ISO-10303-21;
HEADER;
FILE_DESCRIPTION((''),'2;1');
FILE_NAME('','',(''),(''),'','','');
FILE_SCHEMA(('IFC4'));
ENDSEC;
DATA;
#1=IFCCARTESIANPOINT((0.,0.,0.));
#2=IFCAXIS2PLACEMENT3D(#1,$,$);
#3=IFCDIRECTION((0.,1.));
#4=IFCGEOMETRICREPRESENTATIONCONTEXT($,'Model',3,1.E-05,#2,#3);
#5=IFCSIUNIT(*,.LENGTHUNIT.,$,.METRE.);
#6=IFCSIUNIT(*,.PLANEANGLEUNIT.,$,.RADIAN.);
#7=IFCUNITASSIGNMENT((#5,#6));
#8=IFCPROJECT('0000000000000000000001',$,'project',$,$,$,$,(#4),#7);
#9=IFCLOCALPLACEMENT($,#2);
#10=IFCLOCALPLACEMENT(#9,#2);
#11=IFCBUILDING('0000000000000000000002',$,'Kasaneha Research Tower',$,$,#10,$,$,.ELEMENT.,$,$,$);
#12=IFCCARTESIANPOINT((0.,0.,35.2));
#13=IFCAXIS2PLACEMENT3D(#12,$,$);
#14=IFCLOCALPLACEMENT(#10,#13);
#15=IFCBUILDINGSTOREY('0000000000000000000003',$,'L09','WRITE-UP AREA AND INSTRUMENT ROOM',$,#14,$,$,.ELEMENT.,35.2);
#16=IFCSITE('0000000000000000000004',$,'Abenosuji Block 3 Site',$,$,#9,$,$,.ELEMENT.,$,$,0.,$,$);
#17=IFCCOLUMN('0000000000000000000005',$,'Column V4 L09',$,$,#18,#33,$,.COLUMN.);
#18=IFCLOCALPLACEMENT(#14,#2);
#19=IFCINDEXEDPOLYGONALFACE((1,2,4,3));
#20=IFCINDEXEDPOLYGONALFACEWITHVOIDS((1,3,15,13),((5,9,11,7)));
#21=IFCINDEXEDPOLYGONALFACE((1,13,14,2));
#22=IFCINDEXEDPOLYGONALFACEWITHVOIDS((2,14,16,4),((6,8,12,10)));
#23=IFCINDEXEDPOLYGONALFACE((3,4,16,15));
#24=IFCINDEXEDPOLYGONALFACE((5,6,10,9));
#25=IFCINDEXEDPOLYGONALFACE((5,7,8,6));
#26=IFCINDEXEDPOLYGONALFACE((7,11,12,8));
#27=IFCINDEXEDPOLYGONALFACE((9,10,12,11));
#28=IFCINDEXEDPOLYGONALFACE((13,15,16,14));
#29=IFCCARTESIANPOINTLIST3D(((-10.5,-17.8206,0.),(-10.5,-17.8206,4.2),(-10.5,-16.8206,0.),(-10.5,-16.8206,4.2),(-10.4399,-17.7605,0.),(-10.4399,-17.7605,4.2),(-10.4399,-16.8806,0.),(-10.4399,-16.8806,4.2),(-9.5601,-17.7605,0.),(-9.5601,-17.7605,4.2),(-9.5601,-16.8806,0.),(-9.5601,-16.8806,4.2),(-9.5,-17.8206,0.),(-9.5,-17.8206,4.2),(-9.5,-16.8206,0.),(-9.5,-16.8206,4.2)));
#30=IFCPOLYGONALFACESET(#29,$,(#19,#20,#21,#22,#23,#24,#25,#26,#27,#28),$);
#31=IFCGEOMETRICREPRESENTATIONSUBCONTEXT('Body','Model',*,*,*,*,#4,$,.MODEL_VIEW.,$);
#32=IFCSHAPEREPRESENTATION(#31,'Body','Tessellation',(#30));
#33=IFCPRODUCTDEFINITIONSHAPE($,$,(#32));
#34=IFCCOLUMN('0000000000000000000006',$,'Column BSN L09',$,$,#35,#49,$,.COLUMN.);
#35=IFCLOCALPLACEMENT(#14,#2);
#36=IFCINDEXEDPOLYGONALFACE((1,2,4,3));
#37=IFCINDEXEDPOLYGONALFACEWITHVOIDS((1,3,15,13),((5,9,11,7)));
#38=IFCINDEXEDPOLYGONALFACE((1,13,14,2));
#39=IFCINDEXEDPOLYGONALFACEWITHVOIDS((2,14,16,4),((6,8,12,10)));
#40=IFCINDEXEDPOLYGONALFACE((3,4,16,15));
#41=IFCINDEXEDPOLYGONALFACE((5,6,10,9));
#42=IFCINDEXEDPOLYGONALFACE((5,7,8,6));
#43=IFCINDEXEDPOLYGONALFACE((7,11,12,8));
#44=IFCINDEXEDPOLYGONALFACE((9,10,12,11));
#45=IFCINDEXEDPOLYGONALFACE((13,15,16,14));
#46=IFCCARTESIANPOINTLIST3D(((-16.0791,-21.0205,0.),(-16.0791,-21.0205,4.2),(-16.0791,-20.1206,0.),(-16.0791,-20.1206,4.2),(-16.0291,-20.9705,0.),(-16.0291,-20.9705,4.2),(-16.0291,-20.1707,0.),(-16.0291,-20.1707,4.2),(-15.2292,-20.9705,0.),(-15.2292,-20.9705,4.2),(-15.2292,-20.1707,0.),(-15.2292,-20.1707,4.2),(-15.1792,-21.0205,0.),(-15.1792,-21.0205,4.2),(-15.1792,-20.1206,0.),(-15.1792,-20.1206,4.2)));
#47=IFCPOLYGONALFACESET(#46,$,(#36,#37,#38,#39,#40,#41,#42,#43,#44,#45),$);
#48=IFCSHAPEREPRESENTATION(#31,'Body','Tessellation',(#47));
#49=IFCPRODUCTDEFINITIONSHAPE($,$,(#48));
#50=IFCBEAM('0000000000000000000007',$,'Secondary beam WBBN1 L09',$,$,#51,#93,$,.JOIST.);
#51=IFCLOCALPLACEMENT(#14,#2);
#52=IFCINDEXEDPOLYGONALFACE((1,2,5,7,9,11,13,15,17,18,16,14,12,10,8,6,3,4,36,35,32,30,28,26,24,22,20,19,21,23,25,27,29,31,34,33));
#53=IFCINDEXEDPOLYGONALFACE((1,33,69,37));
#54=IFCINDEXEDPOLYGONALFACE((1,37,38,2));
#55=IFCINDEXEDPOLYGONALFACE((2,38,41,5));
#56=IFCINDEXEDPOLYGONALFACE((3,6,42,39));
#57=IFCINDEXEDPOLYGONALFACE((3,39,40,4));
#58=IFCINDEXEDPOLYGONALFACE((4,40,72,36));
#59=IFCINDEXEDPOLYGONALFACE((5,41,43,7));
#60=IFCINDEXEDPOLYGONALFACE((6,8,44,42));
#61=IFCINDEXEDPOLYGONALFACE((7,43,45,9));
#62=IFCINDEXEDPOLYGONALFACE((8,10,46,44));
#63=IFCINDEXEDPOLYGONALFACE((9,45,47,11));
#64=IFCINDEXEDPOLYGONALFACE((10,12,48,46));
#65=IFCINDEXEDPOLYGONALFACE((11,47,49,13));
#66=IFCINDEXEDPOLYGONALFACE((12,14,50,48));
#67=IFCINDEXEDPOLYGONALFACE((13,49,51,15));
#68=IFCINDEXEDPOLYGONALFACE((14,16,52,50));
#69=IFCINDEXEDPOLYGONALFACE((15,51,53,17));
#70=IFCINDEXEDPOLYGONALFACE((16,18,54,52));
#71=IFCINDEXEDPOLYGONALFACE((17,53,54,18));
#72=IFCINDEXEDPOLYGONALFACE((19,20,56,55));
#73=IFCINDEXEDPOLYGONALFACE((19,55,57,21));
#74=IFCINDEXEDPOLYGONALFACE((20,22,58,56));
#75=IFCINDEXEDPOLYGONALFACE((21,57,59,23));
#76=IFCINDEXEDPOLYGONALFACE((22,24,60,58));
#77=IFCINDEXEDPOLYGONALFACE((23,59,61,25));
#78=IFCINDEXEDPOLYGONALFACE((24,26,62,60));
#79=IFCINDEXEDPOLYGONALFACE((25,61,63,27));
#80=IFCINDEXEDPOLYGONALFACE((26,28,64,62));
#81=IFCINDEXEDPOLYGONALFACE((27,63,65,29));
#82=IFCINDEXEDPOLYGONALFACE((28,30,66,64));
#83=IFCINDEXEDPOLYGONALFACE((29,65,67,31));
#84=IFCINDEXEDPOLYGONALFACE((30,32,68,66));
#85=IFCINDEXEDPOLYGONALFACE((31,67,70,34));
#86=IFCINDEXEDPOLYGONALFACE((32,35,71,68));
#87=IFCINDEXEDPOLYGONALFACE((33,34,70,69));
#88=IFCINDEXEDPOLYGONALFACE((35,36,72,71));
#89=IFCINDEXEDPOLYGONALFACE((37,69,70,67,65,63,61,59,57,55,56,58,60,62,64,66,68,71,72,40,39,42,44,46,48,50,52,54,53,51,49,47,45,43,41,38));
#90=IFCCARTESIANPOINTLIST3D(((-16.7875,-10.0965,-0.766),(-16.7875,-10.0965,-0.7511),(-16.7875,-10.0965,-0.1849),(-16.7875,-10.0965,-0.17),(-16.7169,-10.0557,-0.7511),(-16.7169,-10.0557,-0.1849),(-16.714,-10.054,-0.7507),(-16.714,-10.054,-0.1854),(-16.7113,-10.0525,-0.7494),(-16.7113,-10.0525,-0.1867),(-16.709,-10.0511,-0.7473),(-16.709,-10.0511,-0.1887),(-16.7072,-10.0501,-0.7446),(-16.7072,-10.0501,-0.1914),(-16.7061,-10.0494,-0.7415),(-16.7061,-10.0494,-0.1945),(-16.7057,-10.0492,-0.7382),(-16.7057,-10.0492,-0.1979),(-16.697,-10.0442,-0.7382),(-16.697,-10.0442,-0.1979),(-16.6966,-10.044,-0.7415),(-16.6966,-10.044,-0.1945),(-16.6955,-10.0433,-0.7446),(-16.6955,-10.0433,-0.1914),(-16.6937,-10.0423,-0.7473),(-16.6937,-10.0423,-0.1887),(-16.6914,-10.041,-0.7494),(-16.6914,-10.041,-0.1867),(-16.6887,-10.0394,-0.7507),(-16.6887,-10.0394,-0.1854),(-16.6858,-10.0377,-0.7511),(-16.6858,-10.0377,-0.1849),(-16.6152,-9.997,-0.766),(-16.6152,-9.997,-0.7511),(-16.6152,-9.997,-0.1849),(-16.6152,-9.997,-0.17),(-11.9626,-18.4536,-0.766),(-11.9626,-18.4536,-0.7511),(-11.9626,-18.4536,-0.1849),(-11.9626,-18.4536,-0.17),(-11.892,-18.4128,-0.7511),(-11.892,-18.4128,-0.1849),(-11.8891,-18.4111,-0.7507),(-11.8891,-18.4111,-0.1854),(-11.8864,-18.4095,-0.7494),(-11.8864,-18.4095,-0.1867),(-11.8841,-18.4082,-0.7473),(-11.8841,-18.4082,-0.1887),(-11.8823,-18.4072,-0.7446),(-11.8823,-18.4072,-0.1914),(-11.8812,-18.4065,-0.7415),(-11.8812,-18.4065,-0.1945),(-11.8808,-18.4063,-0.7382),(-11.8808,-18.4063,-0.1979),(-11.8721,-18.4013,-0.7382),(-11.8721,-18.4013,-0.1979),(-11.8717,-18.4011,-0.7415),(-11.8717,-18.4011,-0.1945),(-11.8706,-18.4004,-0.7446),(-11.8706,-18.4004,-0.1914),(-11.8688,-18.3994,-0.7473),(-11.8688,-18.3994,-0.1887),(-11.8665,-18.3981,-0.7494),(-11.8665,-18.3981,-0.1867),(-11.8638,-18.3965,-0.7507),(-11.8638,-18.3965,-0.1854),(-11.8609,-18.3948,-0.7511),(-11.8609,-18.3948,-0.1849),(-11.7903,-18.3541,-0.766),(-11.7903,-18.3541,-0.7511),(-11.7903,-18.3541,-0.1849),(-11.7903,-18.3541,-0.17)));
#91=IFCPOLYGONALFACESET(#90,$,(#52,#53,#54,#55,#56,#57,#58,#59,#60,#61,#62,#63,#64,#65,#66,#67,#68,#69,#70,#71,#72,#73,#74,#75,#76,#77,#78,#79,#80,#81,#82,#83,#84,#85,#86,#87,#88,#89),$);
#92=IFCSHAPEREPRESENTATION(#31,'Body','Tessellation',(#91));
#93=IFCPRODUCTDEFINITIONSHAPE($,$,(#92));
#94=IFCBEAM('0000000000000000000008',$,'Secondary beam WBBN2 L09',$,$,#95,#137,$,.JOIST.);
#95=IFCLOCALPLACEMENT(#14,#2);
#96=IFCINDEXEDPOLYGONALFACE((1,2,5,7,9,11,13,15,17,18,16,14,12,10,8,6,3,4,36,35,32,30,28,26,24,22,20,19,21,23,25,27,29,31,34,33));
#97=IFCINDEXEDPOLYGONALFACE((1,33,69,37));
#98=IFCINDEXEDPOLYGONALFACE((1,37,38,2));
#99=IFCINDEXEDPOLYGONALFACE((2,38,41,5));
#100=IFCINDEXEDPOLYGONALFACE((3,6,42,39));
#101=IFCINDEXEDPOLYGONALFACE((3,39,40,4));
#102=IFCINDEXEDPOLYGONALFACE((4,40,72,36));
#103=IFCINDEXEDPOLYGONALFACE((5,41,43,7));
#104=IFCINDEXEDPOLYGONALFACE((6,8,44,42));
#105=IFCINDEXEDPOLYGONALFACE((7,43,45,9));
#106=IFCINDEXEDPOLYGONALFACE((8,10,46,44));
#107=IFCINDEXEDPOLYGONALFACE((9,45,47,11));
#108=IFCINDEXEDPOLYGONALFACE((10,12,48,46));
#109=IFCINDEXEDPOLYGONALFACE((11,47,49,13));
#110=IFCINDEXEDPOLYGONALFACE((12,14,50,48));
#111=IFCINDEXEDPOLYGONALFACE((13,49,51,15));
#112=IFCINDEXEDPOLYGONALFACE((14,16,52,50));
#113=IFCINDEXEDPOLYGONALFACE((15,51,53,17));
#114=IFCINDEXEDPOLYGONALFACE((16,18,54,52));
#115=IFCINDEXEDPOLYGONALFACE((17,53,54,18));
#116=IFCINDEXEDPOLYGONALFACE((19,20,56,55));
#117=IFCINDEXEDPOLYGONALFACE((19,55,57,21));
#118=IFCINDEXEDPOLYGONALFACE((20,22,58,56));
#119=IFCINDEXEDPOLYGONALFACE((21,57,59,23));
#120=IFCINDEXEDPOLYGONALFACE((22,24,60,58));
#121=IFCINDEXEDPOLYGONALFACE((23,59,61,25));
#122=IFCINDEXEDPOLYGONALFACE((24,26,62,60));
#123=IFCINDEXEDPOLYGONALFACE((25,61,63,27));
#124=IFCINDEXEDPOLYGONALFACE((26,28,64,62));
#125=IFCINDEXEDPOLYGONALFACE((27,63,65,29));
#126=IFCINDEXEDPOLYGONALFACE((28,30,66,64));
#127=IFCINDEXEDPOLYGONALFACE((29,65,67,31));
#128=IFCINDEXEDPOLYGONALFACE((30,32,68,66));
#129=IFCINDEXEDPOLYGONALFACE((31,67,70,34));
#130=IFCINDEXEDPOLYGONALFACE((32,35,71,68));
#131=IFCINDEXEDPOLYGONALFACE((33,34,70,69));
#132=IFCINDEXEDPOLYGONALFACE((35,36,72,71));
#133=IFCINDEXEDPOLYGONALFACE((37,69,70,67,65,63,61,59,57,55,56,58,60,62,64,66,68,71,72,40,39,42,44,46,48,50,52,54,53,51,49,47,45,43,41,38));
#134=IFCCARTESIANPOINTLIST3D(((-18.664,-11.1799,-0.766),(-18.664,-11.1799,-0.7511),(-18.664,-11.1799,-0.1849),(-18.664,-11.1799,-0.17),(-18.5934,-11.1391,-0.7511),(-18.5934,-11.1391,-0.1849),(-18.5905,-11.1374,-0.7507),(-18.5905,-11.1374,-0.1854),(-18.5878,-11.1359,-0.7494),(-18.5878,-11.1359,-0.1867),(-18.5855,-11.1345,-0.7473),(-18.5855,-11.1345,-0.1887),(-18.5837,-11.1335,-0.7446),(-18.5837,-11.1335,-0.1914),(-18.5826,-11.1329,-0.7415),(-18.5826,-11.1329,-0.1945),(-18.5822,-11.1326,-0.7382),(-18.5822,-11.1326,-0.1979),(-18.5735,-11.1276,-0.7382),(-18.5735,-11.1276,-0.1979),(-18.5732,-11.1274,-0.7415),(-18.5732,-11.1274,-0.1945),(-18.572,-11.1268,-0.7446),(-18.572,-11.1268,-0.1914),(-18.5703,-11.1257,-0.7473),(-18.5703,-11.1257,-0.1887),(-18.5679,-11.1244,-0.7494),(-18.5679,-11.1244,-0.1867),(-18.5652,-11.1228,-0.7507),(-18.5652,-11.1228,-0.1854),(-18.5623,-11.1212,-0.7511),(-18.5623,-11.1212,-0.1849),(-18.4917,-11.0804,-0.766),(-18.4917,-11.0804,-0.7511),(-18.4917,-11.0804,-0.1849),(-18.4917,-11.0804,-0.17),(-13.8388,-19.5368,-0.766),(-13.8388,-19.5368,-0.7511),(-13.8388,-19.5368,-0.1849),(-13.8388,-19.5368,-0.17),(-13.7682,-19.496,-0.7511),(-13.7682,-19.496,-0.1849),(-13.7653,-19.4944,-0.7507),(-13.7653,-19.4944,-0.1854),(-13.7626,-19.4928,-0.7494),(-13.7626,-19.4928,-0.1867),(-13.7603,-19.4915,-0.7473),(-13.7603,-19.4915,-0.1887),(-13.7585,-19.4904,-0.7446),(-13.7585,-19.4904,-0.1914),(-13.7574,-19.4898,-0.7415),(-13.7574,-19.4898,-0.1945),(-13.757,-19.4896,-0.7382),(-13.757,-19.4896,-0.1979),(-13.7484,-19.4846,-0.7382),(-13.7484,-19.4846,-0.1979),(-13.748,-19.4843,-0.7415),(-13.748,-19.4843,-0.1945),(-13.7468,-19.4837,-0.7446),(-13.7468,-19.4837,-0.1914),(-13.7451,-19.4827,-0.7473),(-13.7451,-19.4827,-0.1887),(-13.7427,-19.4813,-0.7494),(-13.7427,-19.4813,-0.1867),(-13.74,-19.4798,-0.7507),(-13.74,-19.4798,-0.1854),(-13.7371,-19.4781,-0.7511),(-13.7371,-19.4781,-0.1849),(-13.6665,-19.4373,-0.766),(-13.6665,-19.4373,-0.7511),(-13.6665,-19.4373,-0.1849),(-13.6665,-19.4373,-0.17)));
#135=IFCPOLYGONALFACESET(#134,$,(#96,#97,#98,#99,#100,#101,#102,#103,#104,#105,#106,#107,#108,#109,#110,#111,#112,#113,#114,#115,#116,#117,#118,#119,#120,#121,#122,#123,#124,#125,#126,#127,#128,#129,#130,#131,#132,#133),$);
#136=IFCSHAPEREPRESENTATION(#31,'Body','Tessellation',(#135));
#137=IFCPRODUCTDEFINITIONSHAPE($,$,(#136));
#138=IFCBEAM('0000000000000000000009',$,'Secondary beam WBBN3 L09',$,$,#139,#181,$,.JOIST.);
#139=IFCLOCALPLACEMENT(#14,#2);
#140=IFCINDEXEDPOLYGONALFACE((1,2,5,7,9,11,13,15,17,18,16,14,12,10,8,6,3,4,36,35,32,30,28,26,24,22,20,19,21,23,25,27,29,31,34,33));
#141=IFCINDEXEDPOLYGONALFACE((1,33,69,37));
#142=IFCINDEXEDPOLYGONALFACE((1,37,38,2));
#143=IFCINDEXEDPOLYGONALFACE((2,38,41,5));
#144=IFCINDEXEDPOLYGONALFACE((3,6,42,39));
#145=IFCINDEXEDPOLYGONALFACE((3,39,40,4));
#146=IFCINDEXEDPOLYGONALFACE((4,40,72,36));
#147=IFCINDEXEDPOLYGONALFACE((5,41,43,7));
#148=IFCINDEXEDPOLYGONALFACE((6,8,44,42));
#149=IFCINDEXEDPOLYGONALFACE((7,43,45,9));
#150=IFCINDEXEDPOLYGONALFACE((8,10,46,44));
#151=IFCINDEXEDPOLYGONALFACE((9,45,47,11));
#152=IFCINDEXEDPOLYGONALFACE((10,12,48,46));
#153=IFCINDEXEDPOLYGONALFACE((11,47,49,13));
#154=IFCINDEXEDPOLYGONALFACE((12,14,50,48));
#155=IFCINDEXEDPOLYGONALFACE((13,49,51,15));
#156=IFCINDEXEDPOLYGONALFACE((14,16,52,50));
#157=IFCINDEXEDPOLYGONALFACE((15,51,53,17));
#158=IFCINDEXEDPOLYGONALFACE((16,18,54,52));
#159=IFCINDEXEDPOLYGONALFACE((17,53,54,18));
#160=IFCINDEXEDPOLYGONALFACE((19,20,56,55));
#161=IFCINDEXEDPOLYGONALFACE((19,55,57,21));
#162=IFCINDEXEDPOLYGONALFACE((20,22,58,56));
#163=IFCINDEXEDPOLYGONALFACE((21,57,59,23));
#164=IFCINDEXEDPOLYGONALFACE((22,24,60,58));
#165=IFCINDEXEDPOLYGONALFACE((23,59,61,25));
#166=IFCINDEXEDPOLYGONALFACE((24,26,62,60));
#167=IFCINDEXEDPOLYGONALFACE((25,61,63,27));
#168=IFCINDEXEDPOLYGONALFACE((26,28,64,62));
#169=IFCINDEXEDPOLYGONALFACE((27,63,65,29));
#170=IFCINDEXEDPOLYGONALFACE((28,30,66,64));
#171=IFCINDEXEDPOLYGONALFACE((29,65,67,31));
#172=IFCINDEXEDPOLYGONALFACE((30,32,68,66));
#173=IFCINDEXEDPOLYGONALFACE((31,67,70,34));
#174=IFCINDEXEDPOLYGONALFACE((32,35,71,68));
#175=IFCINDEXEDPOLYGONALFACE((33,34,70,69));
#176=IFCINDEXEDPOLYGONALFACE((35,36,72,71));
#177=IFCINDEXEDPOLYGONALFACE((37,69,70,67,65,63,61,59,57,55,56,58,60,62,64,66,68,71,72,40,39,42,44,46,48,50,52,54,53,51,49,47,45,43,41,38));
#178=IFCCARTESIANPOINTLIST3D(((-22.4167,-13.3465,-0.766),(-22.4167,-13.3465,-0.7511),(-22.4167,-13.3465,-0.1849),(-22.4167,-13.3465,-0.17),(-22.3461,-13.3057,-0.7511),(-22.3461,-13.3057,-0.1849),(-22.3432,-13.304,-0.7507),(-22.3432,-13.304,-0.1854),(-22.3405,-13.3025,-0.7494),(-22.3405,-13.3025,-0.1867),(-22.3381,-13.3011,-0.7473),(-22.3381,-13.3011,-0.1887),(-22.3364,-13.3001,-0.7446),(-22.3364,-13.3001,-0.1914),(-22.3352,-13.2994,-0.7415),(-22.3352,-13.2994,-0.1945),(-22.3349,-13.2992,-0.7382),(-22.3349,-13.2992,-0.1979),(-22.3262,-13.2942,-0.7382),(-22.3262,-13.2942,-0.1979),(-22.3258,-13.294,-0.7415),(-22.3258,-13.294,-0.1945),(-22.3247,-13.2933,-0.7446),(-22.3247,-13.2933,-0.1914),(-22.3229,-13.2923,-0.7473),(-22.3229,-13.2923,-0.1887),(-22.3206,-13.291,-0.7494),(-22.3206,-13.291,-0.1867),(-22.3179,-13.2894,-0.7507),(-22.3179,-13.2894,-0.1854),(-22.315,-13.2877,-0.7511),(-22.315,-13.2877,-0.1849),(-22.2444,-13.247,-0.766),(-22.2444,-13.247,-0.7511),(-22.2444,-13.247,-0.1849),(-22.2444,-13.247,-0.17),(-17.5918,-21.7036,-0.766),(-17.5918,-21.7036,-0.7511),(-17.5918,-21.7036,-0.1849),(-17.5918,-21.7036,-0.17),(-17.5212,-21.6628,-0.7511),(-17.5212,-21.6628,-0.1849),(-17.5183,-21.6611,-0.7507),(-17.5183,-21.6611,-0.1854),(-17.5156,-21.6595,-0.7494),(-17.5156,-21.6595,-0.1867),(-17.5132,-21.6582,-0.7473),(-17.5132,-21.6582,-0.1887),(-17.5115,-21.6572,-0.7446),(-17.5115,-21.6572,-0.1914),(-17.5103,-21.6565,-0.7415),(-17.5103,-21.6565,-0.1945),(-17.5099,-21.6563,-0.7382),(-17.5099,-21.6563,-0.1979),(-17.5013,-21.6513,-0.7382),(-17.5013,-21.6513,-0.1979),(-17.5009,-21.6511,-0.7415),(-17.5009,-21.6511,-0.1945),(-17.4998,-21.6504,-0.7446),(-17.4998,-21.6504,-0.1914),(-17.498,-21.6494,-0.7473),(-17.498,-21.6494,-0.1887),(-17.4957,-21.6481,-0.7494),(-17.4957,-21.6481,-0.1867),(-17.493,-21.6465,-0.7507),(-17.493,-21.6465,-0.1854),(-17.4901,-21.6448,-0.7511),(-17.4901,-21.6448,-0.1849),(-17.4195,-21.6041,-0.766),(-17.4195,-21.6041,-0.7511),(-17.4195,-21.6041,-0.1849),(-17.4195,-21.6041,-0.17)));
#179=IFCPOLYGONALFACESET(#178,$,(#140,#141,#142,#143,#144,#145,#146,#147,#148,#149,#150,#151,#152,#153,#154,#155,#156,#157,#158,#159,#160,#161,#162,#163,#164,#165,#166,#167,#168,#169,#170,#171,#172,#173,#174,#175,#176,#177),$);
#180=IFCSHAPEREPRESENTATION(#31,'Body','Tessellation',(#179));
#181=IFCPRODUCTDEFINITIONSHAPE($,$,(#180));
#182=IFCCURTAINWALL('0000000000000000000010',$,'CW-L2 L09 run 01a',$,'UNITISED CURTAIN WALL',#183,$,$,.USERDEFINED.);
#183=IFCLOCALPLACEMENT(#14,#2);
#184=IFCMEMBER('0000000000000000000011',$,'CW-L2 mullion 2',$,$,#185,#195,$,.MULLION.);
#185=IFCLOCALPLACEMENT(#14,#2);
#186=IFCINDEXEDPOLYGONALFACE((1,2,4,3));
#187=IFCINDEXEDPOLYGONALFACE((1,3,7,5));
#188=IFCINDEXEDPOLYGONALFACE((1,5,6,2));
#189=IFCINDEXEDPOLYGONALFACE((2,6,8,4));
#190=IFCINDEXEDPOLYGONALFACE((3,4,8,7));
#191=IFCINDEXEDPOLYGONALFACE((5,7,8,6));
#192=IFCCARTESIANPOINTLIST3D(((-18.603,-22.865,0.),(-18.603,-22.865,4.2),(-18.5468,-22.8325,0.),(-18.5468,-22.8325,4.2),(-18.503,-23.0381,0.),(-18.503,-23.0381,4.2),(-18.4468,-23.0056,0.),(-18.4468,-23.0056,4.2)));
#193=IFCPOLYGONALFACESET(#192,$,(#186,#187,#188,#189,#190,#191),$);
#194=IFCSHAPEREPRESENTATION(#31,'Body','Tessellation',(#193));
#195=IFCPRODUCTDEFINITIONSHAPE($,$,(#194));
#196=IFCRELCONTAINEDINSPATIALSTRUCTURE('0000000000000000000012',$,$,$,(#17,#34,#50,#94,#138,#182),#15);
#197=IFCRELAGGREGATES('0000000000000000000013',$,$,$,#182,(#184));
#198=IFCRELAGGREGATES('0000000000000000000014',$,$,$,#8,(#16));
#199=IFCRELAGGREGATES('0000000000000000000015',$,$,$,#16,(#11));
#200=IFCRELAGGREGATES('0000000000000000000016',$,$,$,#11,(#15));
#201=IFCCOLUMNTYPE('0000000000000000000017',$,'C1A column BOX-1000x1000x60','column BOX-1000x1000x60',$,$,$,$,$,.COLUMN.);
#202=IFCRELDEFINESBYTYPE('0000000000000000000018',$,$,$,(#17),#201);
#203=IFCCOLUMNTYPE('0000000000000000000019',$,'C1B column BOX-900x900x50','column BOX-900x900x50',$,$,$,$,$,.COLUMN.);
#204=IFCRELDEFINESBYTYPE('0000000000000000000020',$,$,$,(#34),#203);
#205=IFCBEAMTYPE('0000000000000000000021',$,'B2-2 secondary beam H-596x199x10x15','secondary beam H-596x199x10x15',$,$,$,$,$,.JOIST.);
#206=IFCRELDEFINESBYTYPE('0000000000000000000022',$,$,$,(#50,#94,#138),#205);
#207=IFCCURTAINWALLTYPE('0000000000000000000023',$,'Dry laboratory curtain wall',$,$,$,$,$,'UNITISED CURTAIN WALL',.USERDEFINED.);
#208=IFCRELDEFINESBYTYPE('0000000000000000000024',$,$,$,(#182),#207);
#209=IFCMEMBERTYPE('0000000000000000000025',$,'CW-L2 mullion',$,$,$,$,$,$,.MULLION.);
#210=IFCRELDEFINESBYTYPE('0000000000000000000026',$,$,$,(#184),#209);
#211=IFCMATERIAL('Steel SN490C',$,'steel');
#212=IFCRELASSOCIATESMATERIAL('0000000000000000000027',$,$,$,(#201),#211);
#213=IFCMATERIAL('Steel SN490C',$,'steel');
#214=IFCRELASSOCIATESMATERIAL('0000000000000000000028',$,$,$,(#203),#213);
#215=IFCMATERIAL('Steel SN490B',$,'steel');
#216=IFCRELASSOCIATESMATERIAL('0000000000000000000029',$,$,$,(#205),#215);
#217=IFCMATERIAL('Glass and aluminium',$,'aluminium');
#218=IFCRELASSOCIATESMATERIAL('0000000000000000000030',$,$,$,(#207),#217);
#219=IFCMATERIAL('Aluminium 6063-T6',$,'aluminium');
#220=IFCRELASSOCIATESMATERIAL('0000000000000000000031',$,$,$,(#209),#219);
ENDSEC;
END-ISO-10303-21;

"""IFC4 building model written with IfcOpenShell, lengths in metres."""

from ifc_helpers import new_model, si_unit, direction, frame, origin, origin_2d, place, context, subcontext, project, spatial, rectangle, hollow_rectangle, i_section, extrude, material, material_profile, profile_set, type_object, element, aggregate, save


model = new_model("IFC4")

# Units and contexts
model_context = context("Model", 3, precision=1e-05, world=origin(), true_north=direction((0.0, 1.0)))
body_context = subcontext(model_context, "Body", "Model", "MODEL_VIEW")
ifc_project = project(units=[si_unit("LENGTHUNIT", "METRE"), si_unit("PLANEANGLEUNIT", "RADIAN")], contexts=[model_context])

# Site, building, storey
site_placement = place(None, origin())
site = spatial("IfcSite", under=ifc_project, at=site_placement, Name="Abenosuji Block 3 Site", CompositionType="ELEMENT", RefElevation=0.0)
building_placement = place(site_placement, origin())
building = spatial("IfcBuilding", under=site, at=building_placement, Name="Kasaneha Research Tower", CompositionType="ELEMENT")
storey_placement = place(building_placement, frame((0.0, 0.0, 35.2)))
storey = spatial("IfcBuildingStorey", under=building, at=storey_placement, Name="L09", Description="WRITE-UP AREA AND INSTRUMENT ROOM", CompositionType="ELEMENT", Elevation=35.2)

# Columns
ifc_material_1 = material(Name="Steel SN490C", Category="steel")
ifc_material_profile_1 = material_profile(ifc_material_1, hollow_rectangle(XDim=1.0, YDim=1.0, WallThickness=0.0601, at=origin_2d()), Name="BOX-1000x1000x60")
ifc_profile_set_1 = profile_set([ifc_material_profile_1], Name="Steel SN490C")
column_type_1 = type_object("IfcColumnType", Name="C1A column BOX-1000x1000x60", Description="column BOX-1000x1000x60", PredefinedType="COLUMN", material=ifc_profile_set_1)
column_1_placement = place(storey_placement, frame((-10.0, -17.3206, 0.0), z_axis=(0.0, 0.0, 1.0), x_axis=(1.0, 0.0, 0.0)))
element("IfcColumn", 1, at=column_1_placement, inside=storey, type_object=column_type_1, Name="Column V4 L09", PredefinedType="COLUMN", context=body_context, shape_type="SweptSolid", body=[
    extrude(hollow_rectangle(XDim=1.0, YDim=1.0, WallThickness=0.0601, at=origin_2d()), origin(), (0.0, 0.0, 1.0), 4.2),
])
ifc_material_2 = material(Name="Steel SN490C", Category="steel")
ifc_material_profile_2 = material_profile(ifc_material_2, hollow_rectangle(XDim=0.8999, YDim=0.8999, WallThickness=0.05, at=origin_2d()), Name="BOX-900x900x50")
ifc_profile_set_2 = profile_set([ifc_material_profile_2], Name="Steel SN490C")
column_type_2 = type_object("IfcColumnType", Name="C1B column BOX-900x900x50", Description="column BOX-900x900x50", PredefinedType="COLUMN", material=ifc_profile_set_2)
column_2_placement = place(storey_placement, frame((-15.6292, -20.5706, 0.0), z_axis=(0.0, 0.0, 1.0), x_axis=(1.0, 0.0, 0.0)))
element("IfcColumn", 2, at=column_2_placement, inside=storey, type_object=column_type_2, Name="Column BSN L09", PredefinedType="COLUMN", context=body_context, shape_type="SweptSolid", body=[
    extrude(hollow_rectangle(XDim=0.8999, YDim=0.8999, WallThickness=0.05, at=origin_2d()), origin(), (0.0, 0.0, 1.0), 4.2),
])

# Beams
ifc_material_3 = material(Name="Steel SN490B", Category="steel")
ifc_material_profile_3 = material_profile(ifc_material_3, i_section(OverallWidth=0.199, OverallDepth=0.5959, WebThickness=0.01, FlangeThickness=0.0149, FilletRadius=0.0129, at=origin_2d()), Name="H-596x199x10x15")
ifc_profile_set_3 = profile_set([ifc_material_profile_3], Name="Steel SN490B")
beam_type_1 = type_object("IfcBeamType", Name="B2-2 secondary beam H-596x199x10x15", Description="secondary beam H-596x199x10x15", PredefinedType="JOIST", material=ifc_profile_set_3)
for number, where, z_axis, x_axis, name in (
    (3, (-11.8765, -18.4038, -0.468), (-0.499995, 0.866028, 0.0), (-0.866028, -0.499995, 0.0), "Secondary beam WBBN1 L09"),
    (4, (-13.7527, -19.4871, -0.468), (-0.500025, 0.866011, 0.0), (-0.866011, -0.500025, 0.0), "Secondary beam WBBN2 L09"),
    (5, (-17.5056, -21.6538, -0.468), (-0.499995, 0.866028, 0.0), (-0.866028, -0.499995, 0.0), "Secondary beam WBBN3 L09"),
):
    element("IfcBeam", number, at=place(storey_placement, frame(where, z_axis=z_axis, x_axis=x_axis)), inside=storey, type_object=beam_type_1, Name=name, PredefinedType="JOIST", context=body_context, shape_type="SweptSolid", body=[
        extrude(i_section(OverallWidth=0.199, OverallDepth=0.5959, WebThickness=0.01, FlangeThickness=0.0149, FilletRadius=0.0129, at=origin_2d()), origin(), (0.0, 0.0, 1.0), 9.6499),
    ])

# Curtain wall, member
ifc_material_4 = material(Name="Glass and aluminium", Category="aluminium")
curtain_wall_type = type_object("IfcCurtainWallType", Name="Dry laboratory curtain wall", ElementType="UNITISED CURTAIN WALL", PredefinedType="USERDEFINED", material=ifc_material_4)
curtain_wall_1_placement = place(storey_placement, origin())
curtain_wall_1 = element("IfcCurtainWall", 6, at=curtain_wall_1_placement, inside=storey, type_object=curtain_wall_type, Name="CW-L2 L09 run 01a", ObjectType="UNITISED CURTAIN WALL", PredefinedType="USERDEFINED")
ifc_material_5 = material(Name="Aluminium 6063-T6", Category="aluminium")
ifc_material_profile_4 = material_profile(ifc_material_5, rectangle(XDim=0.0649, YDim=0.2, at=origin_2d()), Name="CW-L2 mullion 65x200")
ifc_profile_set_4 = profile_set([ifc_material_profile_4], Name="Aluminium 6063-T6")
member_type_1 = type_object("IfcMemberType", Name="CW-L2 mullion", PredefinedType="MULLION", material=ifc_profile_set_4)
member_1_placement = place(storey_placement, frame((-18.5249, -22.9353, 0.0), z_axis=(0.0, 0.0, 1.0), x_axis=(0.866025, 0.5, 0.0)))
member_1 = element("IfcMember", 7, at=member_1_placement, type_object=member_type_1, Name="CW-L2 mullion 2", PredefinedType="MULLION", context=body_context, shape_type="SweptSolid", body=[
    extrude(rectangle(XDim=0.0649, YDim=0.2, at=origin_2d()), origin(), (0.0, 0.0, 1.0), 4.2),
])

aggregate(curtain_wall_1, [member_1])

save(model, "model.ifc")
